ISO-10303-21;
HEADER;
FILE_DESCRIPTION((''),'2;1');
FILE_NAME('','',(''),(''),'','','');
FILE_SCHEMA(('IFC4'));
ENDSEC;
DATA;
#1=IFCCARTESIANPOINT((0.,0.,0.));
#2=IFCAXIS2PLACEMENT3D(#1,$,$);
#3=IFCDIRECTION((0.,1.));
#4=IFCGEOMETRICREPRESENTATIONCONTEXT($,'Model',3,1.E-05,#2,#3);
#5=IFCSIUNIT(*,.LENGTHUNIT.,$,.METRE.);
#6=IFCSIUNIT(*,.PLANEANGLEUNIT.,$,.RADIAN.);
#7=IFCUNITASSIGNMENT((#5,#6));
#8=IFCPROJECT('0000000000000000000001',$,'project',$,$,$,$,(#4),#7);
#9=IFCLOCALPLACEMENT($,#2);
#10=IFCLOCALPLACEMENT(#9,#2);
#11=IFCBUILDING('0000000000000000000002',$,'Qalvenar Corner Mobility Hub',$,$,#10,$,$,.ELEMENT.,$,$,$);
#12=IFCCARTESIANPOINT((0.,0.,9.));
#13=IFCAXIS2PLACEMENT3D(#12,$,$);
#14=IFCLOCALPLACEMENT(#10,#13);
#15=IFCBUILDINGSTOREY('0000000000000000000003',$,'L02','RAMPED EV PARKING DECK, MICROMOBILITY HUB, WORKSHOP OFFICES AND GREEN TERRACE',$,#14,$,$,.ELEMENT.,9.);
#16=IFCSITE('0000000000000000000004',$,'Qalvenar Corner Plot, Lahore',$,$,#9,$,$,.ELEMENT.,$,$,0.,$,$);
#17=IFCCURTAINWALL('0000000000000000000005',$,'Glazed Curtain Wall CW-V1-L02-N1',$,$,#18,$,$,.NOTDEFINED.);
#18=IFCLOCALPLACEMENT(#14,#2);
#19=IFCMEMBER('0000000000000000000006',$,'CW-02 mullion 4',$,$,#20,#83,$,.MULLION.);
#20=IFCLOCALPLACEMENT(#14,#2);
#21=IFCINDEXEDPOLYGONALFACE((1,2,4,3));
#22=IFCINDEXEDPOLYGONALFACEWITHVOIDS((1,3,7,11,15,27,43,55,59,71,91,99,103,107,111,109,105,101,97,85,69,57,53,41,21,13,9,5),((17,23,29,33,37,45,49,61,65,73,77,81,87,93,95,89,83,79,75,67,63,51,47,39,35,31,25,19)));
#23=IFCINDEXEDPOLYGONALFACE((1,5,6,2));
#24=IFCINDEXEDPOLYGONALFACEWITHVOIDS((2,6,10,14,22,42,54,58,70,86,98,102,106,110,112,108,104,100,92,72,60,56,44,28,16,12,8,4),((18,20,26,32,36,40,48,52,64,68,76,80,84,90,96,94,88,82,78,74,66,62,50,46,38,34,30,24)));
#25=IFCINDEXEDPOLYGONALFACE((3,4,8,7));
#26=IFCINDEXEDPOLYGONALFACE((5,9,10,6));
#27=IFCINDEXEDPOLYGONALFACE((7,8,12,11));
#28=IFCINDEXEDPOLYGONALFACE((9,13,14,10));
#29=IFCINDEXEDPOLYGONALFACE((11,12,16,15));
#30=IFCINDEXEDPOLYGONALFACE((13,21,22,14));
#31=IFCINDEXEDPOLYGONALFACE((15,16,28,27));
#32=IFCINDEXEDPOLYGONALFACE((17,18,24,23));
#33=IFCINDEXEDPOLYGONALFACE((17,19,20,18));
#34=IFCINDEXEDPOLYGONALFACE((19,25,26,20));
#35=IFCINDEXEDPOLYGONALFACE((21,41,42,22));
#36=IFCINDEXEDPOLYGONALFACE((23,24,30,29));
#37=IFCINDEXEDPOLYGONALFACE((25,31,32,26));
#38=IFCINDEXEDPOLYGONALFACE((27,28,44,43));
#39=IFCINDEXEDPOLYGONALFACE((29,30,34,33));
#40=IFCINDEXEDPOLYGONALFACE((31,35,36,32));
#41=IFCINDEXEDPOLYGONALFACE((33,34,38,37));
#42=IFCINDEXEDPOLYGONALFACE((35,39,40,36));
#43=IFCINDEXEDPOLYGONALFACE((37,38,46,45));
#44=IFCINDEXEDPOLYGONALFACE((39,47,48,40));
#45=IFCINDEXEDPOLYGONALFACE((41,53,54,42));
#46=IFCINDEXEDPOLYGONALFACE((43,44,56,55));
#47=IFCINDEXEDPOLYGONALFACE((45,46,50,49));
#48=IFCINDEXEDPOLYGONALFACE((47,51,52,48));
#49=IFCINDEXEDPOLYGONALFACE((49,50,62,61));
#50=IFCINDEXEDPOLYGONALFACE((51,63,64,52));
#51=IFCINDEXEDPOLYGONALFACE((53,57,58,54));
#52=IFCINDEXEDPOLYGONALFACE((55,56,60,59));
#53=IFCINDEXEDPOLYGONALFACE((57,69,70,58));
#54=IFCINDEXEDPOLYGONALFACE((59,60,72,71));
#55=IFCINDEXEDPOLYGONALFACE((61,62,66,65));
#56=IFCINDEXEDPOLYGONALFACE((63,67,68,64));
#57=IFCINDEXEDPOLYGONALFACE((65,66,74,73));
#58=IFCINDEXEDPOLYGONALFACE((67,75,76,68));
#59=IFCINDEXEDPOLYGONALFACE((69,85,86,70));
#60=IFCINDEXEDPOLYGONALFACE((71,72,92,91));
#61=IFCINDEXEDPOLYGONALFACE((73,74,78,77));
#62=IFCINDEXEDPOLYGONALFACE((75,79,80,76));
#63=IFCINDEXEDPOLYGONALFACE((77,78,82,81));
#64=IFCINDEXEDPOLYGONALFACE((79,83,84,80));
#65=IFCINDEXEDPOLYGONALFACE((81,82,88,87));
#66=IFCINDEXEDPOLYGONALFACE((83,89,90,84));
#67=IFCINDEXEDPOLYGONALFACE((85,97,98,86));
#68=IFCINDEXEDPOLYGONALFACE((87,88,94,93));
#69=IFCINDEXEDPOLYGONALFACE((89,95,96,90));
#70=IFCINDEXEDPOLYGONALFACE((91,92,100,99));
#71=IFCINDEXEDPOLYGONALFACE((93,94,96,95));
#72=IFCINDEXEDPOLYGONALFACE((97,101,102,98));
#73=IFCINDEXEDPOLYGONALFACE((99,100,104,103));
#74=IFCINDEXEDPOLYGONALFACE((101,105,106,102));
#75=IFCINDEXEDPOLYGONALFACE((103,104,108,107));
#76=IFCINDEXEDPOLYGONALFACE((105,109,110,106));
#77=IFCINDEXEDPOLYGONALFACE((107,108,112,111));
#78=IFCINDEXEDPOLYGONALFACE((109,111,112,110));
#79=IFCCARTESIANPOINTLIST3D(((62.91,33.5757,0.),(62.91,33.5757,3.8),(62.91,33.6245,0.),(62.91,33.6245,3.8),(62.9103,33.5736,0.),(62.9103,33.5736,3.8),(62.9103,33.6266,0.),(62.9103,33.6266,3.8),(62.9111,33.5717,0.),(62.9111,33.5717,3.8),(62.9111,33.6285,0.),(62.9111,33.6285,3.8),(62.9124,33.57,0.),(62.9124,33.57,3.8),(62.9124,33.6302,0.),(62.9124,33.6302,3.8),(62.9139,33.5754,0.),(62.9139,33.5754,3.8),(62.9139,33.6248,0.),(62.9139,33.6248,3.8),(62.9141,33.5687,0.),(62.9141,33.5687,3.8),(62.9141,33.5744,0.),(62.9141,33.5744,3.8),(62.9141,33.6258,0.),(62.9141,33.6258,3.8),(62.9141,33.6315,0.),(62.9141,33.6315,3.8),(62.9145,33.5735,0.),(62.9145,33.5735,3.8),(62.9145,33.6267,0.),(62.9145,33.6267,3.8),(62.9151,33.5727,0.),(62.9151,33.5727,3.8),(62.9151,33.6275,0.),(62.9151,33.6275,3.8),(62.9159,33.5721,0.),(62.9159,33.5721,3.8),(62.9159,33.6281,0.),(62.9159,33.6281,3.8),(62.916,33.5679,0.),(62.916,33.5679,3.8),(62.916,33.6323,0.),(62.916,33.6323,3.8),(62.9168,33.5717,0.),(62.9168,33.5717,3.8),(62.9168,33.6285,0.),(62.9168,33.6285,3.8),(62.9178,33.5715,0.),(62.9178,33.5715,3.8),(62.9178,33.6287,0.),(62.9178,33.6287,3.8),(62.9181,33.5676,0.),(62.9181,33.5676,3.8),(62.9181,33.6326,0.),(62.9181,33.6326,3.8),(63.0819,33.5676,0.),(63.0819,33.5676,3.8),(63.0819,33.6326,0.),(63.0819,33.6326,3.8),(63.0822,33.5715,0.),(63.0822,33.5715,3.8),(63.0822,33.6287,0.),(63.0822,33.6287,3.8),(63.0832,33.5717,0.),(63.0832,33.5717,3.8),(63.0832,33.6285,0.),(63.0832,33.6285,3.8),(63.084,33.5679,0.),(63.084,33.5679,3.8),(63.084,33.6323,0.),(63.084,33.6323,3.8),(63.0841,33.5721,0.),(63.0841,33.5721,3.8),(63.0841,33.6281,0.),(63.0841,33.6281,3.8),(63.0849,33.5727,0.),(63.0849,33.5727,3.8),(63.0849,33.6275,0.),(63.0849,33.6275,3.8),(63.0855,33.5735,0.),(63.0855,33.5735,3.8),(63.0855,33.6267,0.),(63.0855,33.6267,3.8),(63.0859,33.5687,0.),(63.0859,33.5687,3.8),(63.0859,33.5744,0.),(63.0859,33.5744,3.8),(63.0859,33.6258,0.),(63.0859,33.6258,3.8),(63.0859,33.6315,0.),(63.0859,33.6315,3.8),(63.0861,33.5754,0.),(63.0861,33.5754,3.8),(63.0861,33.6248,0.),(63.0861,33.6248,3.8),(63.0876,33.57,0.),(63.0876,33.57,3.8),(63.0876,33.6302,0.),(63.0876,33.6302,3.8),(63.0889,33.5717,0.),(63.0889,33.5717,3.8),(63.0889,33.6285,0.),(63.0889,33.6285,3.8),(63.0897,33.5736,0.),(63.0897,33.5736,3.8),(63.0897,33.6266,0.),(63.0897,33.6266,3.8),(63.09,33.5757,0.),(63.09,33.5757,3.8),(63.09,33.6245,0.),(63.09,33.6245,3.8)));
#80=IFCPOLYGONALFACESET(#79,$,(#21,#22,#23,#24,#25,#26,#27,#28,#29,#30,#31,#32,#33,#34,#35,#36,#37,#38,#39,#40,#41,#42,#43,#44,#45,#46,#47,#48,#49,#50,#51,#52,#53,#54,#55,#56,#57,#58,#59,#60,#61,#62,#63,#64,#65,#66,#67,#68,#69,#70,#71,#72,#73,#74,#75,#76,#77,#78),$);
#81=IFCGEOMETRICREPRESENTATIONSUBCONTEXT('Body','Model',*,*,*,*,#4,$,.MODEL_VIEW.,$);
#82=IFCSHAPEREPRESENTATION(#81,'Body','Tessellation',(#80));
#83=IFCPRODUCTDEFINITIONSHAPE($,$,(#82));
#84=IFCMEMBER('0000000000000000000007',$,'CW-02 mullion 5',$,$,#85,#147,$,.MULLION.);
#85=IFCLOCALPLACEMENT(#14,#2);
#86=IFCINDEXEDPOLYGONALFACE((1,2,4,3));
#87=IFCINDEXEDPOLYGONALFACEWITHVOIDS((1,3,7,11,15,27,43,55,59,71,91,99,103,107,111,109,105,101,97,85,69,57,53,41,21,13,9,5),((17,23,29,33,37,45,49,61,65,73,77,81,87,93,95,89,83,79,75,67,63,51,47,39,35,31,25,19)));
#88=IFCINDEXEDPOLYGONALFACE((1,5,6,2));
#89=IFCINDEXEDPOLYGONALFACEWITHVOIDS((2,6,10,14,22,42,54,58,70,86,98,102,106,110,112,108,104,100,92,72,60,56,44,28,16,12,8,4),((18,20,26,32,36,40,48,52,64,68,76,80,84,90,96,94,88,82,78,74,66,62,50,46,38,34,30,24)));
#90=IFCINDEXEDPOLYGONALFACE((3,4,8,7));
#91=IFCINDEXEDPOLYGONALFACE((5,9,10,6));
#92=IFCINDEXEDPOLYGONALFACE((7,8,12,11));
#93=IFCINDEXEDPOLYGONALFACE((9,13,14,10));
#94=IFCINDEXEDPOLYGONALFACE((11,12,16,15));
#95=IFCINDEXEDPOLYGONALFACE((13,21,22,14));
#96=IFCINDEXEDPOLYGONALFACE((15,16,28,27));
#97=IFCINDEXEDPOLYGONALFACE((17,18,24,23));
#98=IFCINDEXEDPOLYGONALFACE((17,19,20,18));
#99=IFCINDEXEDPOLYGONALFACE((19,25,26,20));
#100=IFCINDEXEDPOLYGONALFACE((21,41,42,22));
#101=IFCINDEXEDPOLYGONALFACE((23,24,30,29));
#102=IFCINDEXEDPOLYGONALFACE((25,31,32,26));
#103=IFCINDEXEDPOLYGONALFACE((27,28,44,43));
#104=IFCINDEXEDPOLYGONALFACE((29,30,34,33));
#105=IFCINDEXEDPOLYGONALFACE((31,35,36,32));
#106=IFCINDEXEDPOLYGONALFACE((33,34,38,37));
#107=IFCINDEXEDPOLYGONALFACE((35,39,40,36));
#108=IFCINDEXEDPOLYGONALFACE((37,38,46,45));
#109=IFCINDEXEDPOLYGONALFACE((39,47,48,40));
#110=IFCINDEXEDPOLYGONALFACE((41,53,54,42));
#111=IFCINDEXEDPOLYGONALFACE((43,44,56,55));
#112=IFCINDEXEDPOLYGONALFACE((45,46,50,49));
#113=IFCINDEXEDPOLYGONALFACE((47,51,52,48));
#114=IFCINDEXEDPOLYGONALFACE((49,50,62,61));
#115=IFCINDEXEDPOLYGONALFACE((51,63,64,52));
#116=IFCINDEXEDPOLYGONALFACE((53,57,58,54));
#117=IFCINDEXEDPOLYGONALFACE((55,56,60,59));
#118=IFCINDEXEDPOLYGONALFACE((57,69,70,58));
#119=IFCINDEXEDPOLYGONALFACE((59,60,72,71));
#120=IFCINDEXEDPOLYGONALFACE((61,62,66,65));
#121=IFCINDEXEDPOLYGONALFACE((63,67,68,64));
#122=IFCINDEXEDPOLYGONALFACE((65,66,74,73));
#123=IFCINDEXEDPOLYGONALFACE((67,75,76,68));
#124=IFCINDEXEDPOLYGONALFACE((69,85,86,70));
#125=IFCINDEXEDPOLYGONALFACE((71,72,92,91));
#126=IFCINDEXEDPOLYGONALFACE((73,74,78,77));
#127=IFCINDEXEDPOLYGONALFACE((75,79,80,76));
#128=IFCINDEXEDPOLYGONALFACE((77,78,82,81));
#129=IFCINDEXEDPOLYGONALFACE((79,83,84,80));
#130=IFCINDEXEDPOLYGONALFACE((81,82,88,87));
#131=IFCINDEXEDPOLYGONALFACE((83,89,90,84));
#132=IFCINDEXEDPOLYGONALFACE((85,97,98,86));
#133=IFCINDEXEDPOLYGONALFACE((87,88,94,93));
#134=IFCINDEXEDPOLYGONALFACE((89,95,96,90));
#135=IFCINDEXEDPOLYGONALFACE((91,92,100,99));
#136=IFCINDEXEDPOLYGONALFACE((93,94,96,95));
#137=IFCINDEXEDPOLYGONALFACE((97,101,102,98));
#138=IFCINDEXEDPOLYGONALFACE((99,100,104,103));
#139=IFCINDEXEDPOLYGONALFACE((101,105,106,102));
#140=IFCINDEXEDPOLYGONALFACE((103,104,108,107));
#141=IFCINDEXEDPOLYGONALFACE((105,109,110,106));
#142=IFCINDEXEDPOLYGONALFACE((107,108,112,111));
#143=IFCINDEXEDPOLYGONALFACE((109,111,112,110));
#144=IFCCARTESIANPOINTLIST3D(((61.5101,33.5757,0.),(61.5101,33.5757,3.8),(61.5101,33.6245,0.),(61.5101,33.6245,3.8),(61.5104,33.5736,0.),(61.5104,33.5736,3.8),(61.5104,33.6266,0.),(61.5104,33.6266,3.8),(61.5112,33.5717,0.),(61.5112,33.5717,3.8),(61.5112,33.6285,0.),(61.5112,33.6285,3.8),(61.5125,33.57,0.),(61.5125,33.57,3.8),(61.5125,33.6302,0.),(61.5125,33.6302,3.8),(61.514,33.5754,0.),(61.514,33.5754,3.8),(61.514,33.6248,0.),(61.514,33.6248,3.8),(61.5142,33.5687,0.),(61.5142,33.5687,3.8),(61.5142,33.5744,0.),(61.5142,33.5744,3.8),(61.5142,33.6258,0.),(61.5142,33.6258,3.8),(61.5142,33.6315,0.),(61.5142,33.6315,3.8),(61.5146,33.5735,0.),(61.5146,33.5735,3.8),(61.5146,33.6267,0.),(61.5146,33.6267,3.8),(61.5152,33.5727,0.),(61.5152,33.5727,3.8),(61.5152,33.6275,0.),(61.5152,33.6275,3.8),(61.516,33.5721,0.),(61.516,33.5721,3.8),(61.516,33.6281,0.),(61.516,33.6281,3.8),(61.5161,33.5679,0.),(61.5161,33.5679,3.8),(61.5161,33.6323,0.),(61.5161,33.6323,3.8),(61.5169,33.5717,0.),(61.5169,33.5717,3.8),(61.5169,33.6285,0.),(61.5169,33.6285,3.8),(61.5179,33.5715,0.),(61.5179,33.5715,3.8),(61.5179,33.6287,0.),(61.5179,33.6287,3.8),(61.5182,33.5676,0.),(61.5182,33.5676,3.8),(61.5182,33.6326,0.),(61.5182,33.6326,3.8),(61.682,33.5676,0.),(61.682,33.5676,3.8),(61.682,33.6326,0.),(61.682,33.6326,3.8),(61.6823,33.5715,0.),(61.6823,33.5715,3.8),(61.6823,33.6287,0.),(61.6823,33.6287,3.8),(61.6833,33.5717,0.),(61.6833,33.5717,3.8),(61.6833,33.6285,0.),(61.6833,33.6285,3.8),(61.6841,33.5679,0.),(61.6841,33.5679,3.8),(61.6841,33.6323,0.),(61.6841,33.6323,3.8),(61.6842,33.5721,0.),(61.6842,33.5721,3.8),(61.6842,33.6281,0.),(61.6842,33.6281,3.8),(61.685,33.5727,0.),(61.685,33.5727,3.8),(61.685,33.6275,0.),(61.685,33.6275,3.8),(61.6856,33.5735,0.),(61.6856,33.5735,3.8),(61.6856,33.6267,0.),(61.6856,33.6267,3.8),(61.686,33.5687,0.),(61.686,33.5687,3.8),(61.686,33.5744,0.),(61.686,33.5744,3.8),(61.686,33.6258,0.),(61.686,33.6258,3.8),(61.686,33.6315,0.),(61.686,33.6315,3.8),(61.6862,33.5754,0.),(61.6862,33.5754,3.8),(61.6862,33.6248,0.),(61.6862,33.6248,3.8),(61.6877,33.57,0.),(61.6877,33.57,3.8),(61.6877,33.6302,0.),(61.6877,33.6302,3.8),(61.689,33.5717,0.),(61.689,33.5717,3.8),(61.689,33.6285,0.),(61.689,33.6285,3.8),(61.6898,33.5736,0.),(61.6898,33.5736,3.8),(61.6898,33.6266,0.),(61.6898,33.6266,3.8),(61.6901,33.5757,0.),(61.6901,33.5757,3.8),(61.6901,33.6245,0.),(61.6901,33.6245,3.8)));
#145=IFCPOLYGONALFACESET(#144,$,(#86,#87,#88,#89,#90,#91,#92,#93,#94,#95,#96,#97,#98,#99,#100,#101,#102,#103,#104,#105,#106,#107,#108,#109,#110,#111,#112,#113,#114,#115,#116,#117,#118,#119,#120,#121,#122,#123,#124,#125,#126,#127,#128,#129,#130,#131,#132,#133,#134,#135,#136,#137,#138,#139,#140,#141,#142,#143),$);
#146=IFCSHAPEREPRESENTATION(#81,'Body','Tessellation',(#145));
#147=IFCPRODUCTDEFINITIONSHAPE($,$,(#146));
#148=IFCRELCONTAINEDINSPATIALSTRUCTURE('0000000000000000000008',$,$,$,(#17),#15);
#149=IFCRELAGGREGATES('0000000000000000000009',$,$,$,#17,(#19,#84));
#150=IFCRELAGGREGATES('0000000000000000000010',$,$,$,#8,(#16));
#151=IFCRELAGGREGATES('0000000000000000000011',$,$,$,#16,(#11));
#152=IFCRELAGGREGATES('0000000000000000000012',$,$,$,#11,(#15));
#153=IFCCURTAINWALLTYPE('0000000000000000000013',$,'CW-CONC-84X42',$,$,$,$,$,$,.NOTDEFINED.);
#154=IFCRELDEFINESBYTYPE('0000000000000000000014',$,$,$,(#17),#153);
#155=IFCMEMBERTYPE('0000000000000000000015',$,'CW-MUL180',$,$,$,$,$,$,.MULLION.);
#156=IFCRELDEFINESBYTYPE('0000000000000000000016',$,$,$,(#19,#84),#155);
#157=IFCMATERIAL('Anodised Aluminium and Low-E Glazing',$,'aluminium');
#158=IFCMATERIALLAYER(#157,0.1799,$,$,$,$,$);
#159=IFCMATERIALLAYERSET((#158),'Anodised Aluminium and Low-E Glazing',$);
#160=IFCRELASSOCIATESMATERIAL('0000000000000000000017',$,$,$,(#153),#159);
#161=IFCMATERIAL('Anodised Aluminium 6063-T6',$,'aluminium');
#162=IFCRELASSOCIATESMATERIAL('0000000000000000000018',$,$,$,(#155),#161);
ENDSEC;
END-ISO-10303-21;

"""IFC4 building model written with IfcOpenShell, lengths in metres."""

from ifc_helpers import new_model, si_unit, direction, frame, origin, origin_2d, place, context, subcontext, project, spatial, hollow_rectangle, extrude, material, layer, layer_set, material_profile, profile_set, type_object, element, aggregate, save


model = new_model("IFC4")

# Units and contexts
model_context = context("Model", 3, precision=1e-05, world=origin(), true_north=direction((0.0, 1.0)))
body_context = subcontext(model_context, "Body", "Model", "MODEL_VIEW")
ifc_project = project(units=[si_unit("LENGTHUNIT", "METRE"), si_unit("PLANEANGLEUNIT", "RADIAN")], contexts=[model_context])

# Site, building, storey
site_placement = place(None, origin())
site = spatial("IfcSite", under=ifc_project, at=site_placement, Name="Qalvenar Corner Plot, Lahore", CompositionType="ELEMENT", RefElevation=0.0)
building_placement = place(site_placement, origin())
building = spatial("IfcBuilding", under=site, at=building_placement, Name="Qalvenar Corner Mobility Hub", CompositionType="ELEMENT")
storey_placement = place(building_placement, frame((0.0, 0.0, 9.0)))
storey = spatial("IfcBuildingStorey", under=building, at=storey_placement, Name="L02", Description="RAMPED EV PARKING DECK, MICROMOBILITY HUB, WORKSHOP OFFICES AND GREEN TERRACE", CompositionType="ELEMENT", Elevation=9.0)

# Shared definitions
ifc_material_1 = material(Name="Anodised Aluminium and Low-E Glazing", Category="aluminium")
ifc_material_2 = material(Name="Anodised Aluminium 6063-T6", Category="aluminium")

# Curtain wall, members
ifc_layer_1 = layer(ifc_material_1, 0.1799)
ifc_layer_set_1 = layer_set([ifc_layer_1], Name="Anodised Aluminium and Low-E Glazing")
curtain_wall_type_1 = type_object("IfcCurtainWallType", Name="CW-CONC-84X42", PredefinedType="NOTDEFINED", material=ifc_layer_set_1)
curtain_wall_1_placement = place(storey_placement, origin())
curtain_wall_1 = element("IfcCurtainWall", 1, at=curtain_wall_1_placement, inside=storey, type_object=curtain_wall_type_1, Name="Glazed Curtain Wall CW-V1-L02-N1", PredefinedType="NOTDEFINED")
ifc_material_profile_1 = material_profile(ifc_material_2, hollow_rectangle(XDim=0.0649, YDim=0.1799, WallThickness=0.0039, InnerFilletRadius=0.0039, OuterFilletRadius=0.0081, at=origin_2d()), Name="RHS180x65x4")
ifc_profile_set_1 = profile_set([ifc_material_profile_1], Name="Anodised Aluminium 6063-T6")
member_type_1 = type_object("IfcMemberType", Name="CW-MUL180", PredefinedType="MULLION", material=ifc_profile_set_1)
member_1_placement = place(storey_placement, frame((63.0, 33.6001, 0.0), z_axis=(0.0, 0.0, 1.0), x_axis=(0.0, -1.0, 0.0)))
member_1 = element("IfcMember", 2, at=member_1_placement, type_object=member_type_1, Name="CW-02 mullion 4", PredefinedType="MULLION", context=body_context, shape_type="SweptSolid", body=[
    extrude(hollow_rectangle(XDim=0.0649, YDim=0.1799, WallThickness=0.0039, InnerFilletRadius=0.0039, OuterFilletRadius=0.0081, at=origin_2d()), origin(), (0.0, 0.0, 1.0), 3.8),
])
member_2_placement = place(storey_placement, frame((61.6001, 33.6001, 0.0), z_axis=(0.0, 0.0, 1.0), x_axis=(0.0, -1.0, 0.0)))
member_2 = element("IfcMember", 3, at=member_2_placement, type_object=member_type_1, Name="CW-02 mullion 5", PredefinedType="MULLION", context=body_context, shape_type="SweptSolid", body=[
    extrude(hollow_rectangle(XDim=0.0649, YDim=0.1799, WallThickness=0.0039, InnerFilletRadius=0.0039, OuterFilletRadius=0.0081, at=origin_2d()), origin(), (0.0, 0.0, 1.0), 3.8),
])
aggregate(curtain_wall_1, [member_1, member_2])

save(model, "model.ifc")
